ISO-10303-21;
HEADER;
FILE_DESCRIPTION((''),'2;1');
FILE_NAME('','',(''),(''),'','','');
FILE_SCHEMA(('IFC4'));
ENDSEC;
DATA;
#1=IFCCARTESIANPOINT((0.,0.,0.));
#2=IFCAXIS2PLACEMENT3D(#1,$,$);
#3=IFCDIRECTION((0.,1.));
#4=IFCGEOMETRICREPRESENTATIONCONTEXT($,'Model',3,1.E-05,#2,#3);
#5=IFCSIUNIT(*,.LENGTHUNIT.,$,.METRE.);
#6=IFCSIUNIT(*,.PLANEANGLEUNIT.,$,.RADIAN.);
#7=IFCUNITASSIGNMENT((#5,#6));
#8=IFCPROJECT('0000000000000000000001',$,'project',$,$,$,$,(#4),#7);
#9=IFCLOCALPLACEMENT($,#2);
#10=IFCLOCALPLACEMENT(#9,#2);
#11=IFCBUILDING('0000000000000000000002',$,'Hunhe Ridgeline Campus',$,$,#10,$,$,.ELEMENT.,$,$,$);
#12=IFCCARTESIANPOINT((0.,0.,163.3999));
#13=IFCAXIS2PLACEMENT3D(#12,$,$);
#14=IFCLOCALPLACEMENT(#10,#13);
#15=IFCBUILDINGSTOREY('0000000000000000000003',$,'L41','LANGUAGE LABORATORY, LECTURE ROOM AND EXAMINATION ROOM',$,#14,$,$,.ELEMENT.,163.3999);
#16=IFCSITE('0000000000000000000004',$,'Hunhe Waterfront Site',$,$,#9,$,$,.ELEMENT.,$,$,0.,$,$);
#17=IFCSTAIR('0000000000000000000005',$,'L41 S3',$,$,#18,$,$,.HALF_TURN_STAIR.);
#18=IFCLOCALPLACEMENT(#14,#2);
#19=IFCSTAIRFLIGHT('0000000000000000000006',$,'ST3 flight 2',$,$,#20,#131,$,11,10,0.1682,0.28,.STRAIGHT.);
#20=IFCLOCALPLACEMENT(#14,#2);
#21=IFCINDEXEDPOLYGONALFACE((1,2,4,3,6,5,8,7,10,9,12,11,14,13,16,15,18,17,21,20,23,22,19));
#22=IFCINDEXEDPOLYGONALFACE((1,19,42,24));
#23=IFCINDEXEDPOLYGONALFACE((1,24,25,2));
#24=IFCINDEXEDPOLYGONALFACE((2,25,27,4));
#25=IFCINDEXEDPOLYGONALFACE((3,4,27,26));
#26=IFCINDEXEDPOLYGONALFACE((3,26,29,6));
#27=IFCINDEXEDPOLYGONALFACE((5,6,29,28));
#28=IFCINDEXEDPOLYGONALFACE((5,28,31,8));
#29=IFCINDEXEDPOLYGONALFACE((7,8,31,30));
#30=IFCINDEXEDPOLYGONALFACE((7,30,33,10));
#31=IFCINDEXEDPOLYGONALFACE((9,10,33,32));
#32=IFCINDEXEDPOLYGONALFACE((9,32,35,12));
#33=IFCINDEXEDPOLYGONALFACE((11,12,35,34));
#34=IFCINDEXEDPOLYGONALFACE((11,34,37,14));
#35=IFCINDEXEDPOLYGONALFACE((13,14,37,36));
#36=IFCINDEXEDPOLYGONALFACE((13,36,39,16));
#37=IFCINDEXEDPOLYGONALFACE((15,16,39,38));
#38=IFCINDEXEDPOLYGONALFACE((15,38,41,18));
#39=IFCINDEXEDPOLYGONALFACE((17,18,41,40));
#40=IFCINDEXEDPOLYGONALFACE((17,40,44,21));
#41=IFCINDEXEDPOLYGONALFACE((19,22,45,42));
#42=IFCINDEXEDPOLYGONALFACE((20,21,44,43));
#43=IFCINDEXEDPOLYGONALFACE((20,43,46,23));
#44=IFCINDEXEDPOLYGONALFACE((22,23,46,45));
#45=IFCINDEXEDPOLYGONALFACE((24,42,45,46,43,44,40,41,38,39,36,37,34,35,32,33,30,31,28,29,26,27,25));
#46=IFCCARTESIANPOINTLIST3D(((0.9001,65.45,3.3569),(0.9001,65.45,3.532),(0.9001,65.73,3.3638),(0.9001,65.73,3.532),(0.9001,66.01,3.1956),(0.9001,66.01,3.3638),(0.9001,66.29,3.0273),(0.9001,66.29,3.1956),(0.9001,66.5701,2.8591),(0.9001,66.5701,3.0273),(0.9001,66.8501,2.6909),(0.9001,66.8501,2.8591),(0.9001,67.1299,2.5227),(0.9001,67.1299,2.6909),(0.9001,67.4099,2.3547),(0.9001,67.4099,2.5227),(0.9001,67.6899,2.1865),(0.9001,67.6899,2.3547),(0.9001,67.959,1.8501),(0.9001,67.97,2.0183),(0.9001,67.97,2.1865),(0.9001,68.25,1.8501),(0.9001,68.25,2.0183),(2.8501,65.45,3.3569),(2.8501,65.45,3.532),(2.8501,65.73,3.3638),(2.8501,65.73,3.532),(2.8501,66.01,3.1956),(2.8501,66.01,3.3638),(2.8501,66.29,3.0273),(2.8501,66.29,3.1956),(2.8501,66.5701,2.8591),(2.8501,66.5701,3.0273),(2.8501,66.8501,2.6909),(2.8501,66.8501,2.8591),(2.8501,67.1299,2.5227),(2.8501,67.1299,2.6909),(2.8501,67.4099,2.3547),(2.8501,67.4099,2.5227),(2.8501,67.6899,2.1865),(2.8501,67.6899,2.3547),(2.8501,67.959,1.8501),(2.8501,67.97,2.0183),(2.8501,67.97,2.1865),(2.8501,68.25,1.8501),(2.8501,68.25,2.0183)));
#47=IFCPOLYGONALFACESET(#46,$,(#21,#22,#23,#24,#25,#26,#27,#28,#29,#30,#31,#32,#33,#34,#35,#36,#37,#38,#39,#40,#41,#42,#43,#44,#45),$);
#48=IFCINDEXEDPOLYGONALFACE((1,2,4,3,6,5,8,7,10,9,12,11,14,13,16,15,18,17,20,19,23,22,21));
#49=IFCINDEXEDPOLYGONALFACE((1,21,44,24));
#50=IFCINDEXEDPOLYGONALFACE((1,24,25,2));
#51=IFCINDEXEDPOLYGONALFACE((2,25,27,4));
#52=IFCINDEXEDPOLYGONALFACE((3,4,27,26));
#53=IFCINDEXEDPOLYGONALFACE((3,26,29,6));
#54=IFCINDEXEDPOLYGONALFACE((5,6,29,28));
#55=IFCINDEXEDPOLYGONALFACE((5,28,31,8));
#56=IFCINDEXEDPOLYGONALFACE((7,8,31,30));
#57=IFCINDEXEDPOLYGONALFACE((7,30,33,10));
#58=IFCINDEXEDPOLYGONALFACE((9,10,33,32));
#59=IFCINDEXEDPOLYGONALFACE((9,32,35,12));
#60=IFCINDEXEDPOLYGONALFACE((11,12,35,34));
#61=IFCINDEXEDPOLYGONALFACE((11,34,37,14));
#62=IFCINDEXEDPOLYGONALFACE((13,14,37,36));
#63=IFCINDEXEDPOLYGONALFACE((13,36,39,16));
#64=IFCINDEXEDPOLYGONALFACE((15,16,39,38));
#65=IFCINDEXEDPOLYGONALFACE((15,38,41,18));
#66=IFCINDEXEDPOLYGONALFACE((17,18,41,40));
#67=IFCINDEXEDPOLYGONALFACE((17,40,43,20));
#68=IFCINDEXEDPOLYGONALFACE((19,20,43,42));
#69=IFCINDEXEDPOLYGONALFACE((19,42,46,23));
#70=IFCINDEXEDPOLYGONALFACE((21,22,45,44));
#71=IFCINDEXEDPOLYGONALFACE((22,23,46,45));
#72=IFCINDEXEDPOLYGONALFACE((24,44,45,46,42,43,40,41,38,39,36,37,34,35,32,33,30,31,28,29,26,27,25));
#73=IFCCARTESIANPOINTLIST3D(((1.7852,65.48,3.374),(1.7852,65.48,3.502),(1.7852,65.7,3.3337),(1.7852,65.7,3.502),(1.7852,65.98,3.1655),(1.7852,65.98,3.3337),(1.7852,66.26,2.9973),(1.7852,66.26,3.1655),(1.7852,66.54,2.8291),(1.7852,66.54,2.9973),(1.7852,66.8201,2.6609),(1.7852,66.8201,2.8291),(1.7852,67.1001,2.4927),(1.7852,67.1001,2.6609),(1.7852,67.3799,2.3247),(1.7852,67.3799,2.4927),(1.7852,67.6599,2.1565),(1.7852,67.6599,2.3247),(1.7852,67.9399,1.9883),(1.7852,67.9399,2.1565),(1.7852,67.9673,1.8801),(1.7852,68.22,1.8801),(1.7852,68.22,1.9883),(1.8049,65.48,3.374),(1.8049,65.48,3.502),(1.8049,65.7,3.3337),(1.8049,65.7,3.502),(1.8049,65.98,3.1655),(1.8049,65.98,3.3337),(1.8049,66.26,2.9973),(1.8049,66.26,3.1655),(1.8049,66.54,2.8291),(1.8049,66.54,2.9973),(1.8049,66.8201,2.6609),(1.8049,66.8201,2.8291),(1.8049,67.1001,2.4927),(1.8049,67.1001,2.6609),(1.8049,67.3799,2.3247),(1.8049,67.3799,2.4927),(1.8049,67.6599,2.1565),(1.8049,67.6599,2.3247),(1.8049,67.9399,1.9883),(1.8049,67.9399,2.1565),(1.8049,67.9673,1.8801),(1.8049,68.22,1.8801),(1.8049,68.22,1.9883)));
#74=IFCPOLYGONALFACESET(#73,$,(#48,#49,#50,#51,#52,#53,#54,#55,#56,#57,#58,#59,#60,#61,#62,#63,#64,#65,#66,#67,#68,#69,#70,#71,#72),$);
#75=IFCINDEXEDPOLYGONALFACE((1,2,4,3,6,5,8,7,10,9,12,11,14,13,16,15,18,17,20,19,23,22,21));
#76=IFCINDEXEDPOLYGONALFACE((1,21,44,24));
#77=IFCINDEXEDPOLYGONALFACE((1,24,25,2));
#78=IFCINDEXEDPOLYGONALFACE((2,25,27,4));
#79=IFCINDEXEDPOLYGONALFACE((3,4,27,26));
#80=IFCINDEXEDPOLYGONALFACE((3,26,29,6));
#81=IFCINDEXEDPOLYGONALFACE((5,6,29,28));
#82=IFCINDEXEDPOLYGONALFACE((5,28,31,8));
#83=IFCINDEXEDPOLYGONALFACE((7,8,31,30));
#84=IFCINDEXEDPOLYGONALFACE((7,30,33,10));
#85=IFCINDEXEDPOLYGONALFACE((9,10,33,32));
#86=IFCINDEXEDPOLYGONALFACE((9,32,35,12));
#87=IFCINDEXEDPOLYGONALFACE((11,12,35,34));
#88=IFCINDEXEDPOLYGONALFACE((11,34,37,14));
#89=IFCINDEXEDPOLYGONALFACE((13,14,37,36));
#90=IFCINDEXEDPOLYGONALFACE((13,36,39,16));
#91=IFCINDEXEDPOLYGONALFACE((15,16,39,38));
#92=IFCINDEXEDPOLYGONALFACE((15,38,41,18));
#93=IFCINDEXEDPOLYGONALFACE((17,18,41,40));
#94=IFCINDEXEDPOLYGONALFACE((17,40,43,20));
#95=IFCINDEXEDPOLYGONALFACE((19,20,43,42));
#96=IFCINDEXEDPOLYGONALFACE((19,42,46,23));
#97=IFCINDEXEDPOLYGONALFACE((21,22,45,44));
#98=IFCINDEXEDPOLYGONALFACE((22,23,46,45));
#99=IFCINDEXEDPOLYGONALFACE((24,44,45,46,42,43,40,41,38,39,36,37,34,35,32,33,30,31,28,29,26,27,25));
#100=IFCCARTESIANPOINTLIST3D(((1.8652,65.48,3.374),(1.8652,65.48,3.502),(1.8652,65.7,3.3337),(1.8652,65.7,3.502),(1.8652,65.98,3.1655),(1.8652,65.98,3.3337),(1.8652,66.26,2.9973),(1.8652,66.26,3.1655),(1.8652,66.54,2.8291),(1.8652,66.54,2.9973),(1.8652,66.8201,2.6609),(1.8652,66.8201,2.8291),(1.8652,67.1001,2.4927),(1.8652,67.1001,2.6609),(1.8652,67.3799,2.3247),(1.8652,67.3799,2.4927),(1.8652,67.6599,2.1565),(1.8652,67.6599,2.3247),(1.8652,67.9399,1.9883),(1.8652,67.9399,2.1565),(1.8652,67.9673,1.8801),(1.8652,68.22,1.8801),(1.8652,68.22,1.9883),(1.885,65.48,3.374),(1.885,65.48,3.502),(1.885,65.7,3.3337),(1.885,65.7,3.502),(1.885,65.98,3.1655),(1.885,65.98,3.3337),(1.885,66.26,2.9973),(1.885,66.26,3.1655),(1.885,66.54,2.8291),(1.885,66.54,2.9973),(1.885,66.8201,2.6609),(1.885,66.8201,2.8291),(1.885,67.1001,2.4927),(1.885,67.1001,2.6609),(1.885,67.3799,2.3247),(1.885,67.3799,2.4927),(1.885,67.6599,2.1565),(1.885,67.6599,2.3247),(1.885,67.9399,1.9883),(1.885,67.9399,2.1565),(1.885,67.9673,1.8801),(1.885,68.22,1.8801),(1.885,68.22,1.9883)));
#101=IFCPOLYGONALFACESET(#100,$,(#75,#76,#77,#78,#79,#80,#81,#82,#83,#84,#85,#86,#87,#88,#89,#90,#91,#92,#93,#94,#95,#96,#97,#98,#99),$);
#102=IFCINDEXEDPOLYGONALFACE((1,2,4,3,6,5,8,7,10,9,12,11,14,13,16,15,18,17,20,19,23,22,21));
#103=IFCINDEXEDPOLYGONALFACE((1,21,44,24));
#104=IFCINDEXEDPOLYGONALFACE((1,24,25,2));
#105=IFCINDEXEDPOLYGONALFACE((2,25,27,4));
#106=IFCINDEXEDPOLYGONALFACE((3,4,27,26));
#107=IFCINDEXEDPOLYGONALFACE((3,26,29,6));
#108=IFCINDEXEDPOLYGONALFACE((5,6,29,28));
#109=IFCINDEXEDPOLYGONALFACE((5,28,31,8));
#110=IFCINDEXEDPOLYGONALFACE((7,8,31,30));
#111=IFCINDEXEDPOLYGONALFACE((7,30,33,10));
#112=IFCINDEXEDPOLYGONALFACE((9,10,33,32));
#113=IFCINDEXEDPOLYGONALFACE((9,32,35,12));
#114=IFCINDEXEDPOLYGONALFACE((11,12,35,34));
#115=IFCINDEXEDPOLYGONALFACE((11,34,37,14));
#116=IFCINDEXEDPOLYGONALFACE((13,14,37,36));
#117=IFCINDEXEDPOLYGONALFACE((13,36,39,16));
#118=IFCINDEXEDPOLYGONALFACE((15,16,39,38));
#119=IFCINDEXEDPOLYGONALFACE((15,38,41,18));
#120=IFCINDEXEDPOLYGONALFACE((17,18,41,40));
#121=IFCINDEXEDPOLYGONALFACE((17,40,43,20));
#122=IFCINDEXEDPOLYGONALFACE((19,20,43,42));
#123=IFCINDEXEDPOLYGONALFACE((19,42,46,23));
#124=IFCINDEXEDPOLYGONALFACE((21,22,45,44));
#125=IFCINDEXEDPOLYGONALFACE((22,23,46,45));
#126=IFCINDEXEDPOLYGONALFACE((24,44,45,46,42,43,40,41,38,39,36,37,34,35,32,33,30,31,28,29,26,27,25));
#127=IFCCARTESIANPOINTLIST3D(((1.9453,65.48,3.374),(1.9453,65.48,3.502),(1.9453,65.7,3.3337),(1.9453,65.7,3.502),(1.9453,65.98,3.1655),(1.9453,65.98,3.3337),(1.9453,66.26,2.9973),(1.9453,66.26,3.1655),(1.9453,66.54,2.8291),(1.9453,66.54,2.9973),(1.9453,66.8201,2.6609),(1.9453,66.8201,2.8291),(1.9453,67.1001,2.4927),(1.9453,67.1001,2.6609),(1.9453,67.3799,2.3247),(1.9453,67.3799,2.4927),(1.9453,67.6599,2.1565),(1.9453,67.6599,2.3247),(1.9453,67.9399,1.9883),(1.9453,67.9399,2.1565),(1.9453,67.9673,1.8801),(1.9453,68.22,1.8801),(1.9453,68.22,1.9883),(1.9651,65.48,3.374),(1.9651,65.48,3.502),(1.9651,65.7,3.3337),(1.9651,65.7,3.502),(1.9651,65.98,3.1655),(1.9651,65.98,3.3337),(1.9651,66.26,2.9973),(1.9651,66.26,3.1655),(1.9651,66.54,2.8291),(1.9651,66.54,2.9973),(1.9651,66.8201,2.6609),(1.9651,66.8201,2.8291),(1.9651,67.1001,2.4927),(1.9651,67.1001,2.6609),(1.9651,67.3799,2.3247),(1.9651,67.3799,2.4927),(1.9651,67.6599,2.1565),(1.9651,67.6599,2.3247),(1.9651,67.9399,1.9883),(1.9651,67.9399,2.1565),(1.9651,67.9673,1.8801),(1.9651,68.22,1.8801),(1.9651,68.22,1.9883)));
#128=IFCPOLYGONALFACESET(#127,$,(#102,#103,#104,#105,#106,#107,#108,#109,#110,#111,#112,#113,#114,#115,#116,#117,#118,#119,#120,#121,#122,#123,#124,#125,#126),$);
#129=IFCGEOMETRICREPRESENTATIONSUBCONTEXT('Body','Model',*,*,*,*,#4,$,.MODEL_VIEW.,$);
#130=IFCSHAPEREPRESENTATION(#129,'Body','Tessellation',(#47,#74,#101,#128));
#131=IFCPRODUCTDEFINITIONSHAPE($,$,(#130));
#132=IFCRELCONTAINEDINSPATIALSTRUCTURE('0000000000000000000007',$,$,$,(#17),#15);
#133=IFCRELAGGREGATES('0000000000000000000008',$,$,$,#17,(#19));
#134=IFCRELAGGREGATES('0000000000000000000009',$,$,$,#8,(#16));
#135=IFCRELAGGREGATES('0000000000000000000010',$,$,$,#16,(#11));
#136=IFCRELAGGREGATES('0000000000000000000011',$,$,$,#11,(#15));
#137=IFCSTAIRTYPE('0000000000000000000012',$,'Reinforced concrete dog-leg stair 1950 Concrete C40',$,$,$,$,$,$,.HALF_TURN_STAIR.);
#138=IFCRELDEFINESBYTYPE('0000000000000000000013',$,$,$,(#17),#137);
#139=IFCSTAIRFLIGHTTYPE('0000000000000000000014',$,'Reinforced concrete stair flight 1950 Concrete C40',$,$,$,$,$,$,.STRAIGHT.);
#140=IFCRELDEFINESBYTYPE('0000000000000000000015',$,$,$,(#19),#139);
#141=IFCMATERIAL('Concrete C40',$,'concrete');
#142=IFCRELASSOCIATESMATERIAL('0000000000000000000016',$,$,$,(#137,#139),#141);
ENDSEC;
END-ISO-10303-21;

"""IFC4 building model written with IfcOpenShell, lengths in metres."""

from ifc_helpers import new_model, si_unit, direction, frame, origin, place, context, subcontext, project, spatial, polyline, outline, extrude, material, type_object, element, aggregate, save


model = new_model("IFC4")

# Units and contexts
model_context = context("Model", 3, precision=1e-05, world=origin(), true_north=direction((0.0, 1.0)))
body_context = subcontext(model_context, "Body", "Model", "MODEL_VIEW")
ifc_project = project(units=[si_unit("LENGTHUNIT", "METRE"), si_unit("PLANEANGLEUNIT", "RADIAN")], contexts=[model_context])

# Site, building, storey
site_placement = place(None, origin())
site = spatial("IfcSite", under=ifc_project, at=site_placement, Name="Hunhe Waterfront Site", CompositionType="ELEMENT", RefElevation=0.0)
building_placement = place(site_placement, origin())
building = spatial("IfcBuilding", under=site, at=building_placement, Name="Hunhe Ridgeline Campus", CompositionType="ELEMENT")
storey_placement = place(building_placement, frame((0.0, 0.0, 163.3999)))
storey = spatial("IfcBuildingStorey", under=building, at=storey_placement, Name="L41", Description="LANGUAGE LABORATORY, LECTURE ROOM AND EXAMINATION ROOM", CompositionType="ELEMENT", Elevation=163.3999)

# Stair, stair flight
ifc_material_1 = material(Name="Concrete C40", Category="concrete")
stair_type = type_object("IfcStairType", Name="Reinforced concrete dog-leg stair 1950 Concrete C40", PredefinedType="HALF_TURN_STAIR", material=ifc_material_1)
stair_1_placement = place(storey_placement, origin())
stair_1 = element("IfcStair", 1, at=stair_1_placement, inside=storey, type_object=stair_type, Name="L41 S3", PredefinedType="HALF_TURN_STAIR")
stair_flight_type = type_object("IfcStairFlightType", Name="Reinforced concrete stair flight 1950 Concrete C40", PredefinedType="STRAIGHT", material=ifc_material_1)
stair_flight_1_placement = place(storey_placement, frame((1.875, 68.25, 1.8501), z_axis=(0.0, 0.0, 1.0), x_axis=(0.0, -1.0, 0.0)))
stair_flight_1 = element("IfcStairFlight", 2, at=stair_flight_1_placement, type_object=stair_flight_type, Name="ST3 flight 2", NumberOfRisers=11, NumberOfTreads=10, PredefinedType="STRAIGHT", RiserHeight=0.1682, TreadLength=0.28, context=body_context, shape_type="SweptSolid", body=[
    extrude(outline(polyline([(0.0, 0.0), (0.0, 0.1682), (0.28, 0.1682), (0.28, 0.3364), (0.5601, 0.3364), (0.5601, 0.5046), (0.8401, 0.5046), (0.8401, 0.6726), (1.1201, 0.6726), (1.1201, 0.8408), (1.3999, 0.8408), (1.3999, 1.009), (1.6799, 1.009), (1.6799, 1.1772), (1.96, 1.1772), (1.96, 1.3455), (2.24, 1.3455), (2.24, 1.5137), (2.52, 1.5137), (2.52, 1.6819), (2.8, 1.6819), (2.8, 1.8501), (2.8, 1.5068), (0.291, 0.0), (0.0, 0.0)])), frame((0.0, 0.9751, 0.0), z_axis=(0.0, -1.0, 0.0), x_axis=(1.0, 0.0, 0.0)), (0.0, 0.0, 1.0), 1.95),
    extrude(outline(polyline([(0.03, 0.03), (0.03, 0.1382), (0.3101, 0.1382), (0.3101, 0.3064), (0.5901, 0.3064), (0.5901, 0.4746), (0.8701, 0.4746), (0.8701, 0.6426), (1.1499, 0.6426), (1.1499, 0.8108), (1.4299, 0.8108), (1.4299, 0.979), (1.71, 0.979), (1.71, 1.1472), (1.99, 1.1472), (1.99, 1.3154), (2.27, 1.3154), (2.27, 1.4836), (2.55, 1.4836), (2.55, 1.6519), (2.77, 1.6519), (2.77, 1.5239), (0.2827, 0.03), (0.03, 0.03)])), frame((0.0, -0.0701, 0.0), z_axis=(0.0, -1.0, 0.0), x_axis=(1.0, 0.0, 0.0)), (0.0, 0.0, 1.0), 0.0198),
    extrude(outline(polyline([(0.03, 0.03), (0.03, 0.1382), (0.3101, 0.1382), (0.3101, 0.3064), (0.5901, 0.3064), (0.5901, 0.4746), (0.8701, 0.4746), (0.8701, 0.6426), (1.1499, 0.6426), (1.1499, 0.8108), (1.4299, 0.8108), (1.4299, 0.979), (1.71, 0.979), (1.71, 1.1472), (1.99, 1.1472), (1.99, 1.3154), (2.27, 1.3154), (2.27, 1.4836), (2.55, 1.4836), (2.55, 1.6519), (2.77, 1.6519), (2.77, 1.5239), (0.2827, 0.03), (0.03, 0.03)])), frame((0.0, 0.01, 0.0), z_axis=(0.0, -1.0, 0.0), x_axis=(1.0, 0.0, 0.0)), (0.0, 0.0, 1.0), 0.0198),
    extrude(outline(polyline([(0.03, 0.03), (0.03, 0.1382), (0.3101, 0.1382), (0.3101, 0.3064), (0.5901, 0.3064), (0.5901, 0.4746), (0.8701, 0.4746), (0.8701, 0.6426), (1.1499, 0.6426), (1.1499, 0.8108), (1.4299, 0.8108), (1.4299, 0.979), (1.71, 0.979), (1.71, 1.1472), (1.99, 1.1472), (1.99, 1.3154), (2.27, 1.3154), (2.27, 1.4836), (2.55, 1.4836), (2.55, 1.6519), (2.77, 1.6519), (2.77, 1.5239), (0.2827, 0.03), (0.03, 0.03)])), frame((0.0, 0.0901, 0.0), z_axis=(0.0, -1.0, 0.0), x_axis=(1.0, 0.0, 0.0)), (0.0, 0.0, 1.0), 0.0198),
])
aggregate(stair_1, [stair_flight_1])

save(model, "model.ifc")
